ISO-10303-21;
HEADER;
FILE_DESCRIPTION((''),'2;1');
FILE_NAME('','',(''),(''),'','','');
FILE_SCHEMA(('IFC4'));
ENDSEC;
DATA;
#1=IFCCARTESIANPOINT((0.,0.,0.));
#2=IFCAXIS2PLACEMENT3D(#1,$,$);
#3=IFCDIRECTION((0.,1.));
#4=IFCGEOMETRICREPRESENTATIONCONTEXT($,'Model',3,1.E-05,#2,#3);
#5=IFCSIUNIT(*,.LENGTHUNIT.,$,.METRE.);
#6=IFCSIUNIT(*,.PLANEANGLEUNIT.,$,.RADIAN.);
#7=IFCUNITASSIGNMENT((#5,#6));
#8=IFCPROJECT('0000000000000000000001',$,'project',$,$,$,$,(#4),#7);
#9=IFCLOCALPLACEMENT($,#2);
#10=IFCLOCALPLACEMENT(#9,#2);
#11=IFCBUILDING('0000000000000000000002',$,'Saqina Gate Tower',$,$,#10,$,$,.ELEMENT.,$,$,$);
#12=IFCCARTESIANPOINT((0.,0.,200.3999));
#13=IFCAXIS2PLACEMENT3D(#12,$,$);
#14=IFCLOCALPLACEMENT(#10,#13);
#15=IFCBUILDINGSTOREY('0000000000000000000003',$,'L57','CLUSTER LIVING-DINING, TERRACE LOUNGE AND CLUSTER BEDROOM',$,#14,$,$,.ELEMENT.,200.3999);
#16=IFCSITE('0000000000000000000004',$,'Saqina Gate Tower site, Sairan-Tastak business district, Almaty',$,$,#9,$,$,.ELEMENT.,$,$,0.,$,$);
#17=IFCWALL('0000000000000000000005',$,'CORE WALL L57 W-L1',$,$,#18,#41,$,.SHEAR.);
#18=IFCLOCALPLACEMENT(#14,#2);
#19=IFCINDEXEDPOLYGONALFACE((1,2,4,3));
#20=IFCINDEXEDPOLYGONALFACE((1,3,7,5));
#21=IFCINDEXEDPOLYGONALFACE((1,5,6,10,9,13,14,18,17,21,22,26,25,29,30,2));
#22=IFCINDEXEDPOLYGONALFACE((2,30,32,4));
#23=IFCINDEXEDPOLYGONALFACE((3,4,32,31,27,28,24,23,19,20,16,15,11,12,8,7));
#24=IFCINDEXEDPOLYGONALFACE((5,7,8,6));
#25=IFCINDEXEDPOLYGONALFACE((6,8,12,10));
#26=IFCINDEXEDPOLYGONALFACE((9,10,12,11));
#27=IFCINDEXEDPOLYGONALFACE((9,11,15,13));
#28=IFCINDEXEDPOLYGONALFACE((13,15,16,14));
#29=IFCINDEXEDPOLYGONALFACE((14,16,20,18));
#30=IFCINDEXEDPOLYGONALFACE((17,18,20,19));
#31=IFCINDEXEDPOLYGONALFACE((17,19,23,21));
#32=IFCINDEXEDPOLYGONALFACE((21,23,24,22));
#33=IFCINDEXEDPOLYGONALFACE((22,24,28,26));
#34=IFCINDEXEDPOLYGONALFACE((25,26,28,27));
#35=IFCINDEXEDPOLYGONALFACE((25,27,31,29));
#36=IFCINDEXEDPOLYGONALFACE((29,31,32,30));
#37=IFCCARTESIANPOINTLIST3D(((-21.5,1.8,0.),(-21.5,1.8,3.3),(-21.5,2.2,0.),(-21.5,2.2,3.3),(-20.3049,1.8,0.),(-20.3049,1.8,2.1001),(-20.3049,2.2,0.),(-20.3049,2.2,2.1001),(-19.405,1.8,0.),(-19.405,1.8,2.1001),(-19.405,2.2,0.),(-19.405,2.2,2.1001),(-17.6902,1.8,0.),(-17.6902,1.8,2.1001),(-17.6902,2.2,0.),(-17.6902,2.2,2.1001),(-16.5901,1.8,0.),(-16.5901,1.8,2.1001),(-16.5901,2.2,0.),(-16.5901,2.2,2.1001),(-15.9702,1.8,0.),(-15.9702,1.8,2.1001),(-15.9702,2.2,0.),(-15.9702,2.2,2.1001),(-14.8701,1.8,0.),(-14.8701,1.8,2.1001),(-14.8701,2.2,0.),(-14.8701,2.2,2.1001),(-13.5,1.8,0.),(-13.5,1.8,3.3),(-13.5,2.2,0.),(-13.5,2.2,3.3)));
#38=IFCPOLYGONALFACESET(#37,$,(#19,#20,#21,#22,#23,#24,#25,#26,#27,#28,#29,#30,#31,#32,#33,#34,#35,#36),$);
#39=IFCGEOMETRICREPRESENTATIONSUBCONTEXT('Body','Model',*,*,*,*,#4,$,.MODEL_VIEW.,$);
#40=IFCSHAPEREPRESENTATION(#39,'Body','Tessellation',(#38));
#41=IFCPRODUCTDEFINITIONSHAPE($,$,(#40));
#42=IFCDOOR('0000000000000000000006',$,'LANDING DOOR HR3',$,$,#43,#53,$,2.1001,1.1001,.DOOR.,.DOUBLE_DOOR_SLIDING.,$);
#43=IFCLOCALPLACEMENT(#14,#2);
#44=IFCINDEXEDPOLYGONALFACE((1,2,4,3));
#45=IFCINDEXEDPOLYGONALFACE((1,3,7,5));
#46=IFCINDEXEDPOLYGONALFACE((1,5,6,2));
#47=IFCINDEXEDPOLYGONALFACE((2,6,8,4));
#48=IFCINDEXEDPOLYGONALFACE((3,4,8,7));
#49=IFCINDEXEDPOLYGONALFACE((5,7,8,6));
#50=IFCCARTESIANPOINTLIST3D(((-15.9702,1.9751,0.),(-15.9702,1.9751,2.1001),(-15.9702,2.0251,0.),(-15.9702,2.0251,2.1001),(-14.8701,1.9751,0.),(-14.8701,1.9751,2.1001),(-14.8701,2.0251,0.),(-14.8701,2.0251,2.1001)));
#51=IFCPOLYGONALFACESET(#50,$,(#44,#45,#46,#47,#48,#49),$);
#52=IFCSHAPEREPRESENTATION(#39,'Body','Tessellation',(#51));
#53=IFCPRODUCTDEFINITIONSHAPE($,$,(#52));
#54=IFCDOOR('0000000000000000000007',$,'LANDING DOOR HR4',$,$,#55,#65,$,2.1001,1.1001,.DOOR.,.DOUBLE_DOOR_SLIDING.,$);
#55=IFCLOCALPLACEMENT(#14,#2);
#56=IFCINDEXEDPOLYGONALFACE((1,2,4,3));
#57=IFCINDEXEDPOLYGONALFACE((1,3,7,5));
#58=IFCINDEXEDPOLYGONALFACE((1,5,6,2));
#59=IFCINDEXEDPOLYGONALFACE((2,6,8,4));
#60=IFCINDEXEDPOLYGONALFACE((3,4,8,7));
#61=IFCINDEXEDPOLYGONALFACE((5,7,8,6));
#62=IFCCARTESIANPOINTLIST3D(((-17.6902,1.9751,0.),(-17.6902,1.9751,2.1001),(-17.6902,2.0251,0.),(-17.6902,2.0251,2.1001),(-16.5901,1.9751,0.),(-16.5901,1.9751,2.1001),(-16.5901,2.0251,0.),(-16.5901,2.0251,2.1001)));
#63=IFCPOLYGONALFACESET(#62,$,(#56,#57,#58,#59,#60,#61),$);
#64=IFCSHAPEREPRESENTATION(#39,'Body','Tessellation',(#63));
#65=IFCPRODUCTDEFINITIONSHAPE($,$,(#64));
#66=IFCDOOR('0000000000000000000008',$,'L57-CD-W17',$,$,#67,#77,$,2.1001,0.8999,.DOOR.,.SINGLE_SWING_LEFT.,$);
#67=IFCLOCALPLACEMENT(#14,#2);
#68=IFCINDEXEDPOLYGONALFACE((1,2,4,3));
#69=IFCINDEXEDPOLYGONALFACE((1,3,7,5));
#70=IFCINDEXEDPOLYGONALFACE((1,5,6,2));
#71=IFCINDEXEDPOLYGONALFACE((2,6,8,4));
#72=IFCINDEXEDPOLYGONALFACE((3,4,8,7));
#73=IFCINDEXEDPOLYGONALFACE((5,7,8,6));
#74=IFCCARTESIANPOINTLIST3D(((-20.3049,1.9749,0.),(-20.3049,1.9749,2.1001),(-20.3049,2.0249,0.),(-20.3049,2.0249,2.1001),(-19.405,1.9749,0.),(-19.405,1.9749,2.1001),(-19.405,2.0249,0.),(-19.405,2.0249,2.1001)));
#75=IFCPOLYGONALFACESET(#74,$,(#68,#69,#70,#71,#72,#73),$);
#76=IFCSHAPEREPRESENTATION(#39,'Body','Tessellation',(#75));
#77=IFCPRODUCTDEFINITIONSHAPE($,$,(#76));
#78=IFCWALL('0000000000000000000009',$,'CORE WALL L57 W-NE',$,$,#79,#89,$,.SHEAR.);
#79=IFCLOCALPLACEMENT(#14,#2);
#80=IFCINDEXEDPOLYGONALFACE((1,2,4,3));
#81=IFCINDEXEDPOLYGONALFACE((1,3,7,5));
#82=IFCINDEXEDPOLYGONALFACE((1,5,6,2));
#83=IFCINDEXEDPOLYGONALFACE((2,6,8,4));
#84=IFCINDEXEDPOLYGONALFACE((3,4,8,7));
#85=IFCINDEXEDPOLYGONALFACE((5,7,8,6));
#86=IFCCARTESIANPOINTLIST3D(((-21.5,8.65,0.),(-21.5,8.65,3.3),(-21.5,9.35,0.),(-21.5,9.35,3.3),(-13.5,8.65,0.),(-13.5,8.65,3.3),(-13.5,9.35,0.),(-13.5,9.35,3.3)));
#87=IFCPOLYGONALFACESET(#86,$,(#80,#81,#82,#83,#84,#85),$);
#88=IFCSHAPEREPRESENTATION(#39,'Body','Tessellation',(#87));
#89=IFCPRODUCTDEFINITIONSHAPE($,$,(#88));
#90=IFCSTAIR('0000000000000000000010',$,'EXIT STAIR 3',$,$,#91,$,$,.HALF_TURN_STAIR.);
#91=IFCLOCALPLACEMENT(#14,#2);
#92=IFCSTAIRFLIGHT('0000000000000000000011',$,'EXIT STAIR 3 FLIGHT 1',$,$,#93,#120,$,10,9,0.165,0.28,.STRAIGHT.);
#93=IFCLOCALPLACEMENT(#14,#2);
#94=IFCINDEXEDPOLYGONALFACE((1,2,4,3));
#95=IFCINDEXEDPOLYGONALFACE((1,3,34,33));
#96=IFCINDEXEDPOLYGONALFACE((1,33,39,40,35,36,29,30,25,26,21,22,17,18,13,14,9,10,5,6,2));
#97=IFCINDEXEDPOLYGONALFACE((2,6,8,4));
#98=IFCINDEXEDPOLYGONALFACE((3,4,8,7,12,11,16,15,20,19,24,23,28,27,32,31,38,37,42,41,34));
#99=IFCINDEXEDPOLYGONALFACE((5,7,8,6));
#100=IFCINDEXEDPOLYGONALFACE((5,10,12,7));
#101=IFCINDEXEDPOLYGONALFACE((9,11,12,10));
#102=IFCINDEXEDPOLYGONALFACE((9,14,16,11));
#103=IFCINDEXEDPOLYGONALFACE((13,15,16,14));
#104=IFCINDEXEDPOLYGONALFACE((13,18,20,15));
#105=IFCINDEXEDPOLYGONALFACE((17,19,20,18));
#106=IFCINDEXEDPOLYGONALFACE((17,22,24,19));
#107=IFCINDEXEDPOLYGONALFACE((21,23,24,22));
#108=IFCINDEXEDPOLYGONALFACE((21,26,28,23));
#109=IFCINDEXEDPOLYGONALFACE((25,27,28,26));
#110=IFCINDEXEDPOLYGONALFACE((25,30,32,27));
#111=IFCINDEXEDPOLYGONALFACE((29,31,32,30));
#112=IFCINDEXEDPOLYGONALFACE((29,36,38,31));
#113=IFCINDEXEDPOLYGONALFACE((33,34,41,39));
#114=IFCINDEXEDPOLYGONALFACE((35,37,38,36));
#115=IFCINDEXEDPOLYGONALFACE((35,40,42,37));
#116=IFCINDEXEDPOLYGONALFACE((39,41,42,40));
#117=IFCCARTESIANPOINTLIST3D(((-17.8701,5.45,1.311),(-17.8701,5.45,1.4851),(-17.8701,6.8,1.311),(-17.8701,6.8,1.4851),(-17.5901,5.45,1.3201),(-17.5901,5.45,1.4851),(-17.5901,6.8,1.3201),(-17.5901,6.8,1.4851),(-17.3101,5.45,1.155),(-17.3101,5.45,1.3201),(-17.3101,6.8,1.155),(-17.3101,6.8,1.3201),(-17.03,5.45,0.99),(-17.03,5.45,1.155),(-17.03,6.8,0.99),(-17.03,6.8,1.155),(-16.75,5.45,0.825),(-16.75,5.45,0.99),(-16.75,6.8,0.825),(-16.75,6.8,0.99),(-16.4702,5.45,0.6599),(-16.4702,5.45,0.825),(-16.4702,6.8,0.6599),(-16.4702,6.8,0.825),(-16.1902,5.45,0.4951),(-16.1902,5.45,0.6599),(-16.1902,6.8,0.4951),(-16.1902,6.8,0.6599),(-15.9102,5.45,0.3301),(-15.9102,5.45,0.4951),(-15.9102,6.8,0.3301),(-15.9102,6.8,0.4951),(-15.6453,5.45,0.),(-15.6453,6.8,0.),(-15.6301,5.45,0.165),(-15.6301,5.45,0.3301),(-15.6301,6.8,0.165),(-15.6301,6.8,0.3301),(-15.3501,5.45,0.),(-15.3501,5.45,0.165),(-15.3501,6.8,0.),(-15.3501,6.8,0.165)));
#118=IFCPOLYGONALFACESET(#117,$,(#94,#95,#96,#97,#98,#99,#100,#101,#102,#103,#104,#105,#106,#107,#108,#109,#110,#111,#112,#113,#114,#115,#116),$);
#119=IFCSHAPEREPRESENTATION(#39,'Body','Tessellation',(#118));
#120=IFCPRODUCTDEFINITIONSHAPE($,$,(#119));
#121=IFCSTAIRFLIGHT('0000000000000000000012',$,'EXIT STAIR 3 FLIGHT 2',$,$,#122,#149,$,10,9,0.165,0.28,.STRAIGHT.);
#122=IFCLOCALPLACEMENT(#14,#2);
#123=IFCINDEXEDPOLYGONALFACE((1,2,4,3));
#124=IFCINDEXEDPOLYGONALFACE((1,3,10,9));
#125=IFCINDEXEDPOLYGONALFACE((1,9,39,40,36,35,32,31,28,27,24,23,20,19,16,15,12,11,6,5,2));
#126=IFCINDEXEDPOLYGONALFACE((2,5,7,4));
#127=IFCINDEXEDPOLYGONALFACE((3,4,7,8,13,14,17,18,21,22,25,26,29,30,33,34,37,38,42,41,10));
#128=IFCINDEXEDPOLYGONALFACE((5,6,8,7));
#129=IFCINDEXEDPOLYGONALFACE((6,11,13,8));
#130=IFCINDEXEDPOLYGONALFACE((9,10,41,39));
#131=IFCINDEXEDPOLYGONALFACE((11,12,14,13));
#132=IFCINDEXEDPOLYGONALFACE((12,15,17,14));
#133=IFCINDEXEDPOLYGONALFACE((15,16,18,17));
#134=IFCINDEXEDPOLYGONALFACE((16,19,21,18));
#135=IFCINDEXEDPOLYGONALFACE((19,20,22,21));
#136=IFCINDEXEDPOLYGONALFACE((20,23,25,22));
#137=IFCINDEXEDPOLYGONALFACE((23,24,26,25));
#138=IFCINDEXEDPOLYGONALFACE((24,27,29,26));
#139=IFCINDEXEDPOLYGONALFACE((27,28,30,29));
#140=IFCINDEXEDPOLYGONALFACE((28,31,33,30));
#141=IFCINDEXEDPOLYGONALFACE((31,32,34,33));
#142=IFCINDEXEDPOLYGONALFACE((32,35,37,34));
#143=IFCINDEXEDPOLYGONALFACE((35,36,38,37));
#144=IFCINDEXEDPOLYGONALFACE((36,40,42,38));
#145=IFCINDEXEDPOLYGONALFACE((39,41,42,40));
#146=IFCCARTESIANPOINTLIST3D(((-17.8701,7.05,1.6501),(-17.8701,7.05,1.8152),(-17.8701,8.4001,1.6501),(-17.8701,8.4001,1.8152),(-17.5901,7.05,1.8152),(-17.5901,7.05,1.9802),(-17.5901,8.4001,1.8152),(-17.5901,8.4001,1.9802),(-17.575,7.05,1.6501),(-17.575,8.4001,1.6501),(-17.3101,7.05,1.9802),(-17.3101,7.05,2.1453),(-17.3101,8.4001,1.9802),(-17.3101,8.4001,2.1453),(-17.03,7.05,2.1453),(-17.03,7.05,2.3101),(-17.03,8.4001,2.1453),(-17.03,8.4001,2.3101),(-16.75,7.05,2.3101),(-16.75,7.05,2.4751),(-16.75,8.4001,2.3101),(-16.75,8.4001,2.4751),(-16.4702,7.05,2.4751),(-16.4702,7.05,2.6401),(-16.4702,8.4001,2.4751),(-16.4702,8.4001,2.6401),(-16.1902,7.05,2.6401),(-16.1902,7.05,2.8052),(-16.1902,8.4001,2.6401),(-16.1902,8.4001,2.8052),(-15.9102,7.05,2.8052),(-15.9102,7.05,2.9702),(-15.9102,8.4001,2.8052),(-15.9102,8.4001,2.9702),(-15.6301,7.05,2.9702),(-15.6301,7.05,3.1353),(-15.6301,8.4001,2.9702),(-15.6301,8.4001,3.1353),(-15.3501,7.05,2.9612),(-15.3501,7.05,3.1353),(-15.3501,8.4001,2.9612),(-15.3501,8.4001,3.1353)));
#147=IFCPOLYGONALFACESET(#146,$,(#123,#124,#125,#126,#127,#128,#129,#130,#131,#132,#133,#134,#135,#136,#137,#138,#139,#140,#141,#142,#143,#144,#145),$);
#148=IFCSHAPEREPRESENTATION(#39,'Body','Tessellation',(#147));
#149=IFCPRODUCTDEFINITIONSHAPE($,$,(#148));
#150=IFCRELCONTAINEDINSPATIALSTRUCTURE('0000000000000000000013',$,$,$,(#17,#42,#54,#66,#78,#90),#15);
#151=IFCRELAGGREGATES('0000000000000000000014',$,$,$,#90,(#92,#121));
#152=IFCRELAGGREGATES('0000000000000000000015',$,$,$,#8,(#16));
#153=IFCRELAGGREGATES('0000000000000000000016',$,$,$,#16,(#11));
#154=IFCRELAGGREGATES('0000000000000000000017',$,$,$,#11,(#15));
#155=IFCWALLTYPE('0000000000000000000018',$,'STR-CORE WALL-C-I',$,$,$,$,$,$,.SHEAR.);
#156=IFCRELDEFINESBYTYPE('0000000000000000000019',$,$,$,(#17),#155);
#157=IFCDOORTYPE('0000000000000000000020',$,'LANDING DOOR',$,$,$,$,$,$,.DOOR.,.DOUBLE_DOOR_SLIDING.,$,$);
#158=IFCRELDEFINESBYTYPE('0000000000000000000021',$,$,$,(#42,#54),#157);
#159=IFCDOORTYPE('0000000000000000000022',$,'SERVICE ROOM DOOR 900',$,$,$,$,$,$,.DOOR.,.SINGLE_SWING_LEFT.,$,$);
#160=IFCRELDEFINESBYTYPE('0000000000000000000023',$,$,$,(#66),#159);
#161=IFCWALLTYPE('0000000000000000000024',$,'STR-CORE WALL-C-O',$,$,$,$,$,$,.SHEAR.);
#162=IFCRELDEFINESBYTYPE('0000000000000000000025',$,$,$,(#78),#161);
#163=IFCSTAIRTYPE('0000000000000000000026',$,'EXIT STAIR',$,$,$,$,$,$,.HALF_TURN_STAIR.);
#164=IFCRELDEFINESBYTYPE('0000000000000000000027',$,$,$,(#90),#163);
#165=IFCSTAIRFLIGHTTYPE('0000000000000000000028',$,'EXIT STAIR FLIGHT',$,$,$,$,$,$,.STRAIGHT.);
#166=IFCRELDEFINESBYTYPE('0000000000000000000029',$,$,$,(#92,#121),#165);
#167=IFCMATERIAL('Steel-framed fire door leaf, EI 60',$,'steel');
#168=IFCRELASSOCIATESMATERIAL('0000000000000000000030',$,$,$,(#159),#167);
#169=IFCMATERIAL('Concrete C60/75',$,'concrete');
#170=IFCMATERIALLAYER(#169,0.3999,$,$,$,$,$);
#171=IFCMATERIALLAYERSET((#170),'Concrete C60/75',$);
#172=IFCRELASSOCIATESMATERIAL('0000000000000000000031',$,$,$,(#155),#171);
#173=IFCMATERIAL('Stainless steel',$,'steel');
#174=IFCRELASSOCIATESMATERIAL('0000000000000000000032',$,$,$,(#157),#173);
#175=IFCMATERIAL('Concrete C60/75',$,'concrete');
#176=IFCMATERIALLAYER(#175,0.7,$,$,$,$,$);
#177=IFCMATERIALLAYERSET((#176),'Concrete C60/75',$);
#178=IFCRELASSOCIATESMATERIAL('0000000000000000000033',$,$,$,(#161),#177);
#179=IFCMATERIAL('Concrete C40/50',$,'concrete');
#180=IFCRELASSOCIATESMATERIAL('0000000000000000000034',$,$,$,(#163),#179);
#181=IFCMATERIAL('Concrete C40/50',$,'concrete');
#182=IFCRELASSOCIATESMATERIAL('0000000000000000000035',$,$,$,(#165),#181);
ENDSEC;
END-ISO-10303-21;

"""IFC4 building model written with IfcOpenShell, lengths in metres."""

from ifc_helpers import new_model, si_unit, direction, frame, frame_2d, origin, place, context, subcontext, project, spatial, polyline, rectangle, outline, extrude, material, layer, layer_set, type_object, element, fill, aggregate, save


model = new_model("IFC4")

# Units and contexts
model_context = context("Model", 3, precision=1e-05, world=origin(), true_north=direction((0.0, 1.0)))
body_context = subcontext(model_context, "Body", "Model", "MODEL_VIEW")
ifc_project = project(units=[si_unit("LENGTHUNIT", "METRE"), si_unit("PLANEANGLEUNIT", "RADIAN")], contexts=[model_context])

# Site, building, storey
site_placement = place(None, origin())
site = spatial("IfcSite", under=ifc_project, at=site_placement, Name="Saqina Gate Tower site, Sairan-Tastak business district, Almaty", CompositionType="ELEMENT", RefElevation=0.0)
building_placement = place(site_placement, origin())
building = spatial("IfcBuilding", under=site, at=building_placement, Name="Saqina Gate Tower", CompositionType="ELEMENT")
storey_placement = place(building_placement, frame((0.0, 0.0, 200.3999)))
storey = spatial("IfcBuildingStorey", under=building, at=storey_placement, Name="L57", Description="CLUSTER LIVING-DINING, TERRACE LOUNGE AND CLUSTER BEDROOM", CompositionType="ELEMENT", Elevation=200.3999)

# Shared definitions
ifc_material_1 = material(Name="Steel-framed fire door leaf, EI 60", Category="steel")
door_type_1 = type_object("IfcDoorType", Name="SERVICE ROOM DOOR 900", OperationType="SINGLE_SWING_LEFT", PredefinedType="DOOR", material=ifc_material_1)

# Shared definitions
ifc_material_2 = material(Name="Concrete C60/75", Category="concrete")
ifc_layer_1 = layer(ifc_material_2, 0.3999)
ifc_layer_set_1 = layer_set([ifc_layer_1], Name="Concrete C60/75")
wall_type_1 = type_object("IfcWallType", Name="STR-CORE WALL-C-I", PredefinedType="SHEAR", material=ifc_layer_set_1)

# Wall, openings, doors
wall_1_placement = place(storey_placement, frame((-13.5, 2.0, 0.0), z_axis=(0.0, 0.0, 1.0), x_axis=(-1.0, 0.0, 0.0)))
wall_1 = element("IfcWall", 1, at=wall_1_placement, inside=storey, type_object=wall_type_1, Name="CORE WALL L57 W-L1", PredefinedType="SHEAR", context=body_context, shape_type="SweptSolid", body=[
    extrude(rectangle(XDim=8.0, YDim=0.3999, at=frame_2d((4.0, 0.0))), origin(), (0.0, 0.0, 1.0), 3.3),
])
opening_1_placement = place(wall_1_placement, frame((1.3701, 0.0, 0.0)))
opening_1 = element("IfcOpeningElement", 2, at=opening_1_placement, cuts=wall_1, PredefinedType="OPENING", context=body_context, shape_type="SweptSolid", body=[
    extrude(rectangle(XDim=1.1001, YDim=2.1001, at=frame_2d((0.55, 1.05))), frame((0.0, 0.2119, 0.0), z_axis=(0.0, -1.0, 0.0), x_axis=(1.0, 0.0, 0.0)), (0.0, 0.0, 1.0), 0.4238),
])
opening_2_placement = place(wall_1_placement, frame((3.0901, 0.0, 0.0)))
opening_2 = element("IfcOpeningElement", 3, at=opening_2_placement, cuts=wall_1, PredefinedType="OPENING", context=body_context, shape_type="SweptSolid", body=[
    extrude(rectangle(XDim=1.1001, YDim=2.1001, at=frame_2d((0.55, 1.05))), frame((0.0, 0.2119, 0.0), z_axis=(0.0, -1.0, 0.0), x_axis=(1.0, 0.0, 0.0)), (0.0, 0.0, 1.0), 0.4238),
])
opening_3_placement = place(wall_1_placement, frame((5.905, 0.0, 0.0)))
opening_3 = element("IfcOpeningElement", 4, at=opening_3_placement, cuts=wall_1, PredefinedType="OPENING", context=body_context, shape_type="SweptSolid", body=[
    extrude(rectangle(XDim=0.8999, YDim=2.1001, at=frame_2d((0.45, 1.05))), frame((0.0, 0.2119, 0.0), z_axis=(0.0, -1.0, 0.0), x_axis=(1.0, 0.0, 0.0)), (0.0, 0.0, 1.0), 0.4238),
])
ifc_material_3 = material(Name="Stainless steel", Category="steel")
door_type_2 = type_object("IfcDoorType", Name="LANDING DOOR", OperationType="DOUBLE_DOOR_SLIDING", PredefinedType="DOOR", material=ifc_material_3)
door_1_placement = place(opening_1_placement, origin())
door_1 = element("IfcDoor", 5, at=door_1_placement, inside=storey, type_object=door_type_2, Name="LANDING DOOR HR3", OperationType="DOUBLE_DOOR_SLIDING", OverallHeight=2.1001, OverallWidth=1.1001, PredefinedType="DOOR", context=body_context, shape_type="SweptSolid", body=[
    extrude(rectangle(XDim=1.1001, YDim=2.1001, at=frame_2d((0.55, 1.05))), frame((0.0, 0.0249, 0.0), z_axis=(0.0, -1.0, 0.0), x_axis=(1.0, 0.0, 0.0)), (0.0, 0.0, 1.0), 0.05),
])
fill(opening_1, door_1)
door_2_placement = place(opening_2_placement, origin())
door_2 = element("IfcDoor", 6, at=door_2_placement, inside=storey, type_object=door_type_2, Name="LANDING DOOR HR4", OperationType="DOUBLE_DOOR_SLIDING", OverallHeight=2.1001, OverallWidth=1.1001, PredefinedType="DOOR", context=body_context, shape_type="SweptSolid", body=[
    extrude(rectangle(XDim=1.1001, YDim=2.1001, at=frame_2d((0.55, 1.05))), frame((0.0, 0.0249, 0.0), z_axis=(0.0, -1.0, 0.0), x_axis=(1.0, 0.0, 0.0)), (0.0, 0.0, 1.0), 0.05),
])
fill(opening_2, door_2)
door_3_placement = place(opening_3_placement, frame((0.8999, 0.0, 0.0), z_axis=(0.0, 0.0, 1.0), x_axis=(-1.0, 0.0, 0.0)))
door_3 = element("IfcDoor", 7, at=door_3_placement, inside=storey, type_object=door_type_1, Name="L57-CD-W17", OperationType="SINGLE_SWING_LEFT", OverallHeight=2.1001, OverallWidth=0.8999, PredefinedType="DOOR", context=body_context, shape_type="SweptSolid", body=[
    extrude(rectangle(XDim=0.8999, YDim=2.1001, at=frame_2d((0.45, 1.05))), frame((0.0, 0.0249, 0.0), z_axis=(0.0, -1.0, 0.0), x_axis=(1.0, 0.0, 0.0)), (0.0, 0.0, 1.0), 0.05),
])
fill(opening_3, door_3)

# Wall
ifc_material_4 = material(Name="Concrete C60/75", Category="concrete")
ifc_layer_2 = layer(ifc_material_4, 0.7)
ifc_layer_set_2 = layer_set([ifc_layer_2], Name="Concrete C60/75")
wall_type_2 = type_object("IfcWallType", Name="STR-CORE WALL-C-O", PredefinedType="SHEAR", material=ifc_layer_set_2)
wall_2_placement = place(storey_placement, frame((-13.5, 9.0, 0.0), z_axis=(0.0, 0.0, 1.0), x_axis=(-1.0, 0.0, 0.0)))
element("IfcWall", 8, at=wall_2_placement, inside=storey, type_object=wall_type_2, Name="CORE WALL L57 W-NE", PredefinedType="SHEAR", context=body_context, shape_type="SweptSolid", body=[
    extrude(rectangle(XDim=8.0, YDim=0.7, at=frame_2d((4.0, 0.0))), origin(), (0.0, 0.0, 1.0), 3.3),
])

# Stair, stair flights
ifc_material_5 = material(Name="Concrete C40/50", Category="concrete")
stair_type = type_object("IfcStairType", Name="EXIT STAIR", PredefinedType="HALF_TURN_STAIR", material=ifc_material_5)
stair_placement = place(storey_placement, origin())
stair = element("IfcStair", 9, at=stair_placement, inside=storey, type_object=stair_type, Name="EXIT STAIR 3", PredefinedType="HALF_TURN_STAIR")
ifc_material_6 = material(Name="Concrete C40/50", Category="concrete")
stair_flight_type = type_object("IfcStairFlightType", Name="EXIT STAIR FLIGHT", PredefinedType="STRAIGHT", material=ifc_material_6)
stair_flight_1_placement = place(storey_placement, frame((-15.3501, 6.125, 0.0), z_axis=(0.0, 0.0, 1.0), x_axis=(-1.0, 0.0, 0.0)))
stair_flight_1 = element("IfcStairFlight", 10, at=stair_flight_1_placement, type_object=stair_flight_type, Name="EXIT STAIR 3 FLIGHT 1", NumberOfRisers=10, NumberOfTreads=9, PredefinedType="STRAIGHT", RiserHeight=0.165, TreadLength=0.28, context=body_context, shape_type="SweptSolid", body=[
    extrude(outline(polyline([(0.0, 0.0), (0.0, 0.165), (0.28, 0.165), (0.28, 0.3301), (0.5601, 0.3301), (0.5601, 0.4951), (0.8401, 0.4951), (0.8401, 0.6599), (1.1201, 0.6599), (1.1201, 0.825), (1.3999, 0.825), (1.3999, 0.99), (1.6799, 0.99), (1.6799, 1.155), (1.96, 1.155), (1.96, 1.3201), (2.24, 1.3201), (2.24, 1.4851), (2.52, 1.4851), (2.52, 1.6499), (2.52, 1.311), (0.2952, 0.0), (0.0, 0.0)])), frame((0.0, 0.675, 0.0), z_axis=(0.0, -1.0, 0.0), x_axis=(1.0, 0.0, 0.0)), (0.0, 0.0, 1.0), 1.3501),
])
stair_flight_2_placement = place(storey_placement, frame((-17.8701, 7.7251, 1.6501), z_axis=(0.0, 0.0, 1.0), x_axis=(1.0, 0.0, 0.0)))
stair_flight_2 = element("IfcStairFlight", 11, at=stair_flight_2_placement, type_object=stair_flight_type, Name="EXIT STAIR 3 FLIGHT 2", NumberOfRisers=10, NumberOfTreads=9, PredefinedType="STRAIGHT", RiserHeight=0.165, TreadLength=0.28, context=body_context, shape_type="SweptSolid", body=[
    extrude(outline(polyline([(0.0, 0.0), (0.0, 0.165), (0.28, 0.165), (0.28, 0.3301), (0.5601, 0.3301), (0.5601, 0.4951), (0.8401, 0.4951), (0.8401, 0.6599), (1.1201, 0.6599), (1.1201, 0.825), (1.3999, 0.825), (1.3999, 0.99), (1.6799, 0.99), (1.6799, 1.155), (1.96, 1.155), (1.96, 1.3201), (2.24, 1.3201), (2.24, 1.4851), (2.52, 1.4851), (2.52, 1.6499), (2.52, 1.311), (0.2952, 0.0), (0.0, 0.0)])), frame((0.0, 0.675, 0.0), z_axis=(0.0, -1.0, 0.0), x_axis=(1.0, 0.0, 0.0)), (0.0, 0.0, 1.0), 1.3501),
])
aggregate(stair, [stair_flight_1, stair_flight_2])

save(model, "model.ifc")
